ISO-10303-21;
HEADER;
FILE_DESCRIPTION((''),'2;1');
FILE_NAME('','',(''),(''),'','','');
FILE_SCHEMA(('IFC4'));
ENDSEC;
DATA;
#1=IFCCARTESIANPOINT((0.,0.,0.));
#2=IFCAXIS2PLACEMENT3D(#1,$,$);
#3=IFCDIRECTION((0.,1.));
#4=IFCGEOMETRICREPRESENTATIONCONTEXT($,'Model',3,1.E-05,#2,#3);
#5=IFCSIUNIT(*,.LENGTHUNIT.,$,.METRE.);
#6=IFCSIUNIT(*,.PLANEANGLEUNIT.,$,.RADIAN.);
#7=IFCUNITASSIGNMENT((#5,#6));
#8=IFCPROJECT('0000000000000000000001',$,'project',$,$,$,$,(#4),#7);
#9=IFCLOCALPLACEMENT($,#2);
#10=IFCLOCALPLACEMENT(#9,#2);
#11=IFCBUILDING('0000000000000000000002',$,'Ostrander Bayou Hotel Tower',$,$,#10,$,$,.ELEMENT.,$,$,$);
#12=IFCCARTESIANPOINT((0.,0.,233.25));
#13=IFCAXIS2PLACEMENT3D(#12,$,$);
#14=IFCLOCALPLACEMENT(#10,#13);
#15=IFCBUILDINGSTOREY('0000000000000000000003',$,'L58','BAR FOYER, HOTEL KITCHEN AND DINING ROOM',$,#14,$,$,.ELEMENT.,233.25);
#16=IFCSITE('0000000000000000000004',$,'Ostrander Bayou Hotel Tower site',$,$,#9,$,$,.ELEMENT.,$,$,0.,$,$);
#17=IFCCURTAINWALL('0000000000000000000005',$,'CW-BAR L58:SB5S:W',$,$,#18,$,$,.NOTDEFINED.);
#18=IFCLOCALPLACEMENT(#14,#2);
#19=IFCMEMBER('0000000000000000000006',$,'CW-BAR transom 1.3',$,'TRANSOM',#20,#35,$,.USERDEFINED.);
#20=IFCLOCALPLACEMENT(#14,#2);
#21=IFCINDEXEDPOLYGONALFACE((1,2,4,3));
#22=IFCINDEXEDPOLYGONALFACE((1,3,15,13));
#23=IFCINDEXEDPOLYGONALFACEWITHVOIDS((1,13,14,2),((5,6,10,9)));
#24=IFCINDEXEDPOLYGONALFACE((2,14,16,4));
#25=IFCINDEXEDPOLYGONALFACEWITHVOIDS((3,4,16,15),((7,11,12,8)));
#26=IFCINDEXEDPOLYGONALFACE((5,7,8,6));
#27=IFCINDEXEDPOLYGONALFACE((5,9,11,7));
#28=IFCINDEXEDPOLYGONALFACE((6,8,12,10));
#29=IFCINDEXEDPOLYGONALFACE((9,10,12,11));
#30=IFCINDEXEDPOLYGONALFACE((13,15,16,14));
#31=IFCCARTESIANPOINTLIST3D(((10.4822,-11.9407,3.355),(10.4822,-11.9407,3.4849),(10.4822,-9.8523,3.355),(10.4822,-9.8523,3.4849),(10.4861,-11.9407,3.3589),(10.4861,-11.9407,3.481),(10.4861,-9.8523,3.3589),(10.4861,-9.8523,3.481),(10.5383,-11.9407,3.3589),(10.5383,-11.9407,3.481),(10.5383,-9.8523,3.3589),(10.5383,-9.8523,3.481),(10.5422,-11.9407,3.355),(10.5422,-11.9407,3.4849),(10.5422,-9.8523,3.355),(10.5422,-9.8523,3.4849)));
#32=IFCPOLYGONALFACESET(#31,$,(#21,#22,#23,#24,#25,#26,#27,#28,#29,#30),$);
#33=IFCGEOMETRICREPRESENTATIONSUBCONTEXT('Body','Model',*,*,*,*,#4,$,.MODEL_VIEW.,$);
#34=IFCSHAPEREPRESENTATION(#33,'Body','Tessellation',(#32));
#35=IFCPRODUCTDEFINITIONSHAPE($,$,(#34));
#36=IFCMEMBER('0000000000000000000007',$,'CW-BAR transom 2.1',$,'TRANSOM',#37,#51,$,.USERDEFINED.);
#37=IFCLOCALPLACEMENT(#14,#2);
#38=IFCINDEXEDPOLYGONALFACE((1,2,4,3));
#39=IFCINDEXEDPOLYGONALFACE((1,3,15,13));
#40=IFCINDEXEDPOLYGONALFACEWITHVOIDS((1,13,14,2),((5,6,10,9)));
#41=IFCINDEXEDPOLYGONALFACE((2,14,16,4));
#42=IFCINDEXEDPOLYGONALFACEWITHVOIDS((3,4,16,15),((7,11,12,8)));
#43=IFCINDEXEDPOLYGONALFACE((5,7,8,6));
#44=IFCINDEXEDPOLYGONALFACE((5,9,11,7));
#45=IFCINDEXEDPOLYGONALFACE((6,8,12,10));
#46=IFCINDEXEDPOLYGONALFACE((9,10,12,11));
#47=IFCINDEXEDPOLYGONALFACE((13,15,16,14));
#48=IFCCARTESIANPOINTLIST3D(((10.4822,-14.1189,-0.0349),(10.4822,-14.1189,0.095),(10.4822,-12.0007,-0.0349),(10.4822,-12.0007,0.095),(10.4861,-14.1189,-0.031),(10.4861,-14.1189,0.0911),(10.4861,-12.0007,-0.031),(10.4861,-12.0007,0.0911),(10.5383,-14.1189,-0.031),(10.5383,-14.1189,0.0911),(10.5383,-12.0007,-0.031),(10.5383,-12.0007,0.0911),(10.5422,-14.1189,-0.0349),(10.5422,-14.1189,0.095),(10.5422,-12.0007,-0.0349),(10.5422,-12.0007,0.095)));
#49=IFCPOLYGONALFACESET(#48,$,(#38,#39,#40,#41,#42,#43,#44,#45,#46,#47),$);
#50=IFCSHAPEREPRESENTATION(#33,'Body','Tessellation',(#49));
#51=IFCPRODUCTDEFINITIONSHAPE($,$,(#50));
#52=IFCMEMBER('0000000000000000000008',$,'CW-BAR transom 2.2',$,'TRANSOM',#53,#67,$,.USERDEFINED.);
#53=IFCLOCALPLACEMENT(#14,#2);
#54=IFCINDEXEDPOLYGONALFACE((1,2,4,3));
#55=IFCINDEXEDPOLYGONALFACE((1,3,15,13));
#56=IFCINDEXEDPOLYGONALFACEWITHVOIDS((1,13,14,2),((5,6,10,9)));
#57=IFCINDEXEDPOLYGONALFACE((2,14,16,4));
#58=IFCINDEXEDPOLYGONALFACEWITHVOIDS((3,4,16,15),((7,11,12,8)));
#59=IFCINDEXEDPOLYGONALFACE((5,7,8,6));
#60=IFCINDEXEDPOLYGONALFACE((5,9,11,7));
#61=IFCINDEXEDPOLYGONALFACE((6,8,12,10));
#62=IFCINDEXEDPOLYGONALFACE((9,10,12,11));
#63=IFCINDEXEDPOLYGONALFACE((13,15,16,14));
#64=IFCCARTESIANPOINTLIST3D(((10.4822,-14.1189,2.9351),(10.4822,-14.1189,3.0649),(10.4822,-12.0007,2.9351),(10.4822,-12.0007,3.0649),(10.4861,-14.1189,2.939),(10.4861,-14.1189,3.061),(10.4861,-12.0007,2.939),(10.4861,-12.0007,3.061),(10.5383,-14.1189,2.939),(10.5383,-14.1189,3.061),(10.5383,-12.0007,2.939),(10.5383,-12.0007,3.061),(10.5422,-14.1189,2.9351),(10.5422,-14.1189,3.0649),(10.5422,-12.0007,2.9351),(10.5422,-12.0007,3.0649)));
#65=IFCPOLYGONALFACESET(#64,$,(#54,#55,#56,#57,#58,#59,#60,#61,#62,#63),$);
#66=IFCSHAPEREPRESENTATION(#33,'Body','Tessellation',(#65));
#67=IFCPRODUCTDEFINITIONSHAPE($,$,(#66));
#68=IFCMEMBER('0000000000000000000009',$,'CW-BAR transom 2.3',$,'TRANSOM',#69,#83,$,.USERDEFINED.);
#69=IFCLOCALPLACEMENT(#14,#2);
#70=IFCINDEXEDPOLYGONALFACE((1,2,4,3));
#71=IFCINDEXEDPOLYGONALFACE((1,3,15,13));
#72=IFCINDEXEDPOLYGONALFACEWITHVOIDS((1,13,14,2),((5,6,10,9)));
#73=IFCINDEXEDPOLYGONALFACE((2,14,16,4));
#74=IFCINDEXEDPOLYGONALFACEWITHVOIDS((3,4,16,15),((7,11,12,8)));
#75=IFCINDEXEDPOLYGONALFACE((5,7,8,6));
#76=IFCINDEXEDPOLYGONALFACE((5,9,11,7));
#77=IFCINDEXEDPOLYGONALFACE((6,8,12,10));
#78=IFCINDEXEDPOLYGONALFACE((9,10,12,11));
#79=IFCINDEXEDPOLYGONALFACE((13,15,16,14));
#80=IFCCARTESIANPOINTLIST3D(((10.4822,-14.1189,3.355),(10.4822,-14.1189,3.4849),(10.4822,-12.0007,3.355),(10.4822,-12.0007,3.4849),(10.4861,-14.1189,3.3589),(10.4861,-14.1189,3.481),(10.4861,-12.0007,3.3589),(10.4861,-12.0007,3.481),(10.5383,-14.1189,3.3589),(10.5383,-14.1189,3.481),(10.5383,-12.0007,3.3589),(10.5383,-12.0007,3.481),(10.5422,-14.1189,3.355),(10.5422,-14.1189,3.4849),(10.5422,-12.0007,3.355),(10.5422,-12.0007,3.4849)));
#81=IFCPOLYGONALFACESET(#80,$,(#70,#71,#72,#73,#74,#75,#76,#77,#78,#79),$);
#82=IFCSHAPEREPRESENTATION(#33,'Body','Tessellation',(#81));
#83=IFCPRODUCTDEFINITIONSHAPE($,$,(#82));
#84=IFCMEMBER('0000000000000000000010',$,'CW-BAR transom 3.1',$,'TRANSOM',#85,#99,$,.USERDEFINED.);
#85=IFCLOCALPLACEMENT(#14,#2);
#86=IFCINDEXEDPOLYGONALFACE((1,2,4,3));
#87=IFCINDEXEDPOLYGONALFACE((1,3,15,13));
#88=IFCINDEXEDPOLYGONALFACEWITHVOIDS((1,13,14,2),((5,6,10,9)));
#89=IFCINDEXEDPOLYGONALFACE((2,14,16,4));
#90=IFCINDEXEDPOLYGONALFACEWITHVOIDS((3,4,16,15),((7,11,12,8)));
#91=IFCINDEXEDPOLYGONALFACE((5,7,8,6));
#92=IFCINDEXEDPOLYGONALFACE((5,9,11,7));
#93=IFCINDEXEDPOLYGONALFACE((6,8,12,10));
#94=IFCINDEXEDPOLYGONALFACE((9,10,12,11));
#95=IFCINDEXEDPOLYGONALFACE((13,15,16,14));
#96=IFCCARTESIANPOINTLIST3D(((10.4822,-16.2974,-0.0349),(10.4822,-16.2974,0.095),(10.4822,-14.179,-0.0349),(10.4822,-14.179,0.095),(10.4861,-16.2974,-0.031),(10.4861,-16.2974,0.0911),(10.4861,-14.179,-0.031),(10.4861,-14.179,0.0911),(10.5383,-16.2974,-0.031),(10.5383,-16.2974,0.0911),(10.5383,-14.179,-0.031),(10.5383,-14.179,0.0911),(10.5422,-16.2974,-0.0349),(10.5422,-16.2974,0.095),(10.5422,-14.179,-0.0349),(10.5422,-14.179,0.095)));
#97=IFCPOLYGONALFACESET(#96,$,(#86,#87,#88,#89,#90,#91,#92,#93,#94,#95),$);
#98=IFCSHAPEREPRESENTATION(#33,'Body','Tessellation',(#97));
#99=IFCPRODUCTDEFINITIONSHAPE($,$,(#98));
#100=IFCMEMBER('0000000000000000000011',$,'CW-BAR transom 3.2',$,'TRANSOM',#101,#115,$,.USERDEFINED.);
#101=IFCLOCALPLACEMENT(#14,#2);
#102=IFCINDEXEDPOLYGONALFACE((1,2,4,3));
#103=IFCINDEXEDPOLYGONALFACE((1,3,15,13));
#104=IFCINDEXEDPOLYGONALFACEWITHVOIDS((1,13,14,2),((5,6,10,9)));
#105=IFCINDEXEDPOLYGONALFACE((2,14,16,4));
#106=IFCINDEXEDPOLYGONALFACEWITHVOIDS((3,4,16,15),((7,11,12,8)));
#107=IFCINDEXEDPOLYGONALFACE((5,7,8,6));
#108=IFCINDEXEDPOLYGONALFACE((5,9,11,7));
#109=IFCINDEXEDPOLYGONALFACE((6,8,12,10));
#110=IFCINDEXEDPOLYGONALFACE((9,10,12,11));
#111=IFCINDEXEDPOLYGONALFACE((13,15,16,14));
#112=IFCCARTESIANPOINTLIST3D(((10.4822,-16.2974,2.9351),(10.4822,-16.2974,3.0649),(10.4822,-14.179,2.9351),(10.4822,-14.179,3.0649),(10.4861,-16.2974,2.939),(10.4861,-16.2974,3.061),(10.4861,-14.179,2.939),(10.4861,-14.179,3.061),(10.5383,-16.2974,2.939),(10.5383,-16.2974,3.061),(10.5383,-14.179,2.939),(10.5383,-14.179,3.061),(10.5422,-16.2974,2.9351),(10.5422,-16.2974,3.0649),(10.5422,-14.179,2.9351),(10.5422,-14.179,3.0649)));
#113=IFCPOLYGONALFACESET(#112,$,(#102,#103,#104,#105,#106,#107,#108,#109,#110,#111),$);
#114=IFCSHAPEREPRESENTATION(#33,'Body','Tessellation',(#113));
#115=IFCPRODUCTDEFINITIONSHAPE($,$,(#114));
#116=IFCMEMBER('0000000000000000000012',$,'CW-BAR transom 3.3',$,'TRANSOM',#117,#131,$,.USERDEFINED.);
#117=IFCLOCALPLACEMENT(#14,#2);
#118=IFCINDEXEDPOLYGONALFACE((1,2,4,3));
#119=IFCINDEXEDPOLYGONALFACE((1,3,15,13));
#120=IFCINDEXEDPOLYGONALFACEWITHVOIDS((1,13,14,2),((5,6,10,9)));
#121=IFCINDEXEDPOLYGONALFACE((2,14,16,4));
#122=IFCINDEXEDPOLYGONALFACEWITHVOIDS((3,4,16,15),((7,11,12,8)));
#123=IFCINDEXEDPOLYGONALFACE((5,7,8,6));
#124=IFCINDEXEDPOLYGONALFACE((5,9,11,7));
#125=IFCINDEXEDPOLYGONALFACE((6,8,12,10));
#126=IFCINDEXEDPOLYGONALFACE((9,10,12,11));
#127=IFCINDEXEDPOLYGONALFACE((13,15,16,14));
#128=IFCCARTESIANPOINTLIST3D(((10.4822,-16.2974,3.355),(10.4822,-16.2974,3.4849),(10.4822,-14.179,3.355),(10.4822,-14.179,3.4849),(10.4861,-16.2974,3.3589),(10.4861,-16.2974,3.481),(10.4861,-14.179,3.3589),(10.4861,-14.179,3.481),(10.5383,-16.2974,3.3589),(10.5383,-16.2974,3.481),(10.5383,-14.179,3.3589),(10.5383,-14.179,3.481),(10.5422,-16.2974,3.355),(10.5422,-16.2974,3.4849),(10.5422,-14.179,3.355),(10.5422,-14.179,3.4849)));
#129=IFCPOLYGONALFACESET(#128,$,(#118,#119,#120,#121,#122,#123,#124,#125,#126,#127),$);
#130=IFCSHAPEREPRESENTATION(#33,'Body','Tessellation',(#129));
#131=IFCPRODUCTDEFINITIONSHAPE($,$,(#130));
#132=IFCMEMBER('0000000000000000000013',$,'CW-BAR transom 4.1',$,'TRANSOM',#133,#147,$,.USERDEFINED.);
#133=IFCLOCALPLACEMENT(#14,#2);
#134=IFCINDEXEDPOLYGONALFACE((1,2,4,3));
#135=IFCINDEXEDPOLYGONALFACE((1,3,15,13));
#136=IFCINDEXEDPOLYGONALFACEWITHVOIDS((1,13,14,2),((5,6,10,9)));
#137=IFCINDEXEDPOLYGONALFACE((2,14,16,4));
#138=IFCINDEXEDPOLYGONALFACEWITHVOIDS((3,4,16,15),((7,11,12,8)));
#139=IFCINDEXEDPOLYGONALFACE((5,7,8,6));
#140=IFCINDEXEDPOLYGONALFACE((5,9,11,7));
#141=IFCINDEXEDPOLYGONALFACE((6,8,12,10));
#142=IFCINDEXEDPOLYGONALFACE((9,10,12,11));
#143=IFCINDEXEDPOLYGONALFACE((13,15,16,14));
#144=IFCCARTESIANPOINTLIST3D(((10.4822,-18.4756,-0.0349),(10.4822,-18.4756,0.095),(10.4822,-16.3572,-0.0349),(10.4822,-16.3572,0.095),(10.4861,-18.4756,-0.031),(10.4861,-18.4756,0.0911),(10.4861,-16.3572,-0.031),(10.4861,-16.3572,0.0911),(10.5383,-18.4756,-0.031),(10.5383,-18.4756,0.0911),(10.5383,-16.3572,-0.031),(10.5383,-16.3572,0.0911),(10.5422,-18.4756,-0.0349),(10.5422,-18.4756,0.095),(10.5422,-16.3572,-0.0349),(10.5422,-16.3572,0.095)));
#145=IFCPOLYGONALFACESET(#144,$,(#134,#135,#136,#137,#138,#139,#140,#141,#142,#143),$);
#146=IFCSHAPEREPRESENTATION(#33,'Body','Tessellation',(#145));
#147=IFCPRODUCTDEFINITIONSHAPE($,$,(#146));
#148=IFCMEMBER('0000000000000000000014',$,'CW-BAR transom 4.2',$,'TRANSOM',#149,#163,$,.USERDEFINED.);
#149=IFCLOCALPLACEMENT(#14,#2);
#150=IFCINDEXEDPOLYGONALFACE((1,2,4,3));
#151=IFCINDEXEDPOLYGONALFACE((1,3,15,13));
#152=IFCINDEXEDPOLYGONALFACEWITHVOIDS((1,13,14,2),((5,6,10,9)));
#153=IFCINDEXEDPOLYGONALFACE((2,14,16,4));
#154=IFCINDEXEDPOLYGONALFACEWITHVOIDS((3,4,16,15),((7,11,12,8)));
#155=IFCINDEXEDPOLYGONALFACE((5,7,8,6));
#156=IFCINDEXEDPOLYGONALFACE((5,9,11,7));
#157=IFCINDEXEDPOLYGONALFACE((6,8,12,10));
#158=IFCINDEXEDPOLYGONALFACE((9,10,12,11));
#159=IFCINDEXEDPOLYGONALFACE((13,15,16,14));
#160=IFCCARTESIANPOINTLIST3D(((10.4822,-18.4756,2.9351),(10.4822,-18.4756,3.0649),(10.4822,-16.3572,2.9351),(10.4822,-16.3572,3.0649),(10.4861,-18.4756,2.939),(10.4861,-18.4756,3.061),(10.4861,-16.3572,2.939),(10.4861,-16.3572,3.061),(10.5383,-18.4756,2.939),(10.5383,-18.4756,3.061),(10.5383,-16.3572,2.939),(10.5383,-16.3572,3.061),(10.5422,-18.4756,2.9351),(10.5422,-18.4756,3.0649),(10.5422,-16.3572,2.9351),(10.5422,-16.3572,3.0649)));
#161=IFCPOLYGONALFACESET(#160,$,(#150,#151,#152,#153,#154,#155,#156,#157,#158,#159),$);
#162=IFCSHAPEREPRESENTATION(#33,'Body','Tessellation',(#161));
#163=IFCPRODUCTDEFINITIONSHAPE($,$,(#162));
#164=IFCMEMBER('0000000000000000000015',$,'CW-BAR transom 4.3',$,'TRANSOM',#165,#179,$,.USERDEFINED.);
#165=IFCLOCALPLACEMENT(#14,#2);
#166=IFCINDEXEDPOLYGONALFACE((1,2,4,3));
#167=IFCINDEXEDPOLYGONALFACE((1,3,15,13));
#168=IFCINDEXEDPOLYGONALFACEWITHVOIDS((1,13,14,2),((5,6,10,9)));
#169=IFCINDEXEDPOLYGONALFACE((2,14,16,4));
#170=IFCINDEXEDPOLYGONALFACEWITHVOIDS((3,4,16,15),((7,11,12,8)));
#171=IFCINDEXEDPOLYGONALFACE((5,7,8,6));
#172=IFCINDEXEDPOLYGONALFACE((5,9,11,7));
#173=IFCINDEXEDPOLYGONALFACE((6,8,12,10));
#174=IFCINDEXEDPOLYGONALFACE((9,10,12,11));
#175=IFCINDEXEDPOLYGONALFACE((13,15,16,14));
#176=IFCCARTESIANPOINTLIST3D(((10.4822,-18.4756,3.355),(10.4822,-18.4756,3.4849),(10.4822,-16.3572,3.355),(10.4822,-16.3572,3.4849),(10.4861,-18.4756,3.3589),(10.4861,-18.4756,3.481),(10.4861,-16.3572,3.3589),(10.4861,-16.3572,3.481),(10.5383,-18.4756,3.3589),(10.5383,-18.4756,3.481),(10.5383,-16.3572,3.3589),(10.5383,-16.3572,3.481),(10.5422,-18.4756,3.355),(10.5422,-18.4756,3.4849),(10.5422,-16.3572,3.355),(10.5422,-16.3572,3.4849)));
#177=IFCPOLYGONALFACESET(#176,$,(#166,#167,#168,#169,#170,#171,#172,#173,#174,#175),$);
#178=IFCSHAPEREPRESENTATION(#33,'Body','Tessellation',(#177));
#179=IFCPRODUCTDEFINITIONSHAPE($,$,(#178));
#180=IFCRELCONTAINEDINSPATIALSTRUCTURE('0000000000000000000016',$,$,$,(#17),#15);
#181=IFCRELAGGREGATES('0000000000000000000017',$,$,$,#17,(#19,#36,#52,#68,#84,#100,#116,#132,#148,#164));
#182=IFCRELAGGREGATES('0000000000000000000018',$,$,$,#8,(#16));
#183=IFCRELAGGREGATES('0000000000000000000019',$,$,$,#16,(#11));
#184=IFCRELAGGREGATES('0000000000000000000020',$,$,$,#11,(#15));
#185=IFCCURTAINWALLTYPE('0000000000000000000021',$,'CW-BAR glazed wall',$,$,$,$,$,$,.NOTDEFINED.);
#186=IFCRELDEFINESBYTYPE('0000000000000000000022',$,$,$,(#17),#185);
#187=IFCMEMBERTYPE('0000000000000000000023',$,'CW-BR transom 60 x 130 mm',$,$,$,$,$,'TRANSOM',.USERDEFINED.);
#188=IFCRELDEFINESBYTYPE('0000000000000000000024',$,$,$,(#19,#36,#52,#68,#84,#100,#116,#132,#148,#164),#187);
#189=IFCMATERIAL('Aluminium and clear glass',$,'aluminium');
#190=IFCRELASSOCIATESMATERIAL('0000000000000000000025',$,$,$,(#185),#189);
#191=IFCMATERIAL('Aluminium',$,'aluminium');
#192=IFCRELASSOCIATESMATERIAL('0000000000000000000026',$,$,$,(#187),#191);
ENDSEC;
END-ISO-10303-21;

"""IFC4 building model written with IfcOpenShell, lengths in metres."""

from ifc_helpers import new_model, si_unit, direction, frame, origin, origin_2d, place, context, subcontext, project, spatial, hollow_rectangle, extrude, material, material_profile, profile_set, type_object, element, aggregate, save


model = new_model("IFC4")

# Units and contexts
model_context = context("Model", 3, precision=1e-05, world=origin(), true_north=direction((0.0, 1.0)))
body_context = subcontext(model_context, "Body", "Model", "MODEL_VIEW")
ifc_project = project(units=[si_unit("LENGTHUNIT", "METRE"), si_unit("PLANEANGLEUNIT", "RADIAN")], contexts=[model_context])

# Site, building, storey
site_placement = place(None, origin())
site = spatial("IfcSite", under=ifc_project, at=site_placement, Name="Ostrander Bayou Hotel Tower site", CompositionType="ELEMENT", RefElevation=0.0)
building_placement = place(site_placement, origin())
building = spatial("IfcBuilding", under=site, at=building_placement, Name="Ostrander Bayou Hotel Tower", CompositionType="ELEMENT")
storey_placement = place(building_placement, frame((0.0, 0.0, 233.25)))
storey = spatial("IfcBuildingStorey", under=building, at=storey_placement, Name="L58", Description="BAR FOYER, HOTEL KITCHEN AND DINING ROOM", CompositionType="ELEMENT", Elevation=233.25)

# Curtain wall, members
ifc_material_1 = material(Name="Aluminium and clear glass", Category="aluminium")
curtain_wall_type = type_object("IfcCurtainWallType", Name="CW-BAR glazed wall", PredefinedType="NOTDEFINED", material=ifc_material_1)
curtain_wall_placement = place(storey_placement, origin())
curtain_wall = element("IfcCurtainWall", 1, at=curtain_wall_placement, inside=storey, type_object=curtain_wall_type, Name="CW-BAR L58:SB5S:W", PredefinedType="NOTDEFINED")
ifc_material_2 = material(Name="Aluminium", Category="aluminium")
ifc_material_profile_1 = material_profile(ifc_material_2, hollow_rectangle(XDim=0.0601, YDim=0.1299, WallThickness=0.0039, at=origin_2d()))
ifc_profile_set_1 = profile_set([ifc_material_profile_1], Name="Aluminium")
member_type_1 = type_object("IfcMemberType", Name="CW-BR transom 60 x 130 mm", ElementType="TRANSOM", PredefinedType="USERDEFINED", material=ifc_profile_set_1)
member_1_placement = place(storey_placement, frame((10.5122, -9.8523, 3.4199), z_axis=(0.0, -1.0, 0.0), x_axis=(1.0, 0.0, 0.0)))
member_1 = element("IfcMember", 2, at=member_1_placement, type_object=member_type_1, Name="CW-BAR transom 1.3", ObjectType="TRANSOM", PredefinedType="USERDEFINED", context=body_context, shape_type="SweptSolid", body=[
    extrude(hollow_rectangle(XDim=0.0601, YDim=0.1299, WallThickness=0.0039, at=origin_2d()), origin(), (0.0, 0.0, 1.0), 2.0884),
])
member_2_placement = place(storey_placement, frame((10.5122, -12.0007, 0.03), z_axis=(0.0, -1.0, 0.0), x_axis=(1.0, 0.0, 0.0)))
member_2 = element("IfcMember", 3, at=member_2_placement, type_object=member_type_1, Name="CW-BAR transom 2.1", ObjectType="TRANSOM", PredefinedType="USERDEFINED", context=body_context, shape_type="SweptSolid", body=[
    extrude(hollow_rectangle(XDim=0.0601, YDim=0.1299, WallThickness=0.0039, at=origin_2d()), origin(), (0.0, 0.0, 1.0), 2.1182),
])
member_3_placement = place(storey_placement, frame((10.5122, -12.0007, 3.0), z_axis=(0.0, -1.0, 0.0), x_axis=(1.0, 0.0, 0.0)))
member_3 = element("IfcMember", 4, at=member_3_placement, type_object=member_type_1, Name="CW-BAR transom 2.2", ObjectType="TRANSOM", PredefinedType="USERDEFINED", context=body_context, shape_type="SweptSolid", body=[
    extrude(hollow_rectangle(XDim=0.0601, YDim=0.1299, WallThickness=0.0039, at=origin_2d()), origin(), (0.0, 0.0, 1.0), 2.1182),
])
member_4_placement = place(storey_placement, frame((10.5122, -12.0007, 3.4199), z_axis=(0.0, -1.0, 0.0), x_axis=(1.0, 0.0, 0.0)))
member_4 = element("IfcMember", 5, at=member_4_placement, type_object=member_type_1, Name="CW-BAR transom 2.3", ObjectType="TRANSOM", PredefinedType="USERDEFINED", context=body_context, shape_type="SweptSolid", body=[
    extrude(hollow_rectangle(XDim=0.0601, YDim=0.1299, WallThickness=0.0039, at=origin_2d()), origin(), (0.0, 0.0, 1.0), 2.1182),
])
member_5_placement = place(storey_placement, frame((10.5122, -14.179, 0.03), z_axis=(0.0, -1.0, 0.0), x_axis=(1.0, 0.0, 0.0)))
member_5 = element("IfcMember", 6, at=member_5_placement, type_object=member_type_1, Name="CW-BAR transom 3.1", ObjectType="TRANSOM", PredefinedType="USERDEFINED", context=body_context, shape_type="SweptSolid", body=[
    extrude(hollow_rectangle(XDim=0.0601, YDim=0.1299, WallThickness=0.0039, at=origin_2d()), origin(), (0.0, 0.0, 1.0), 2.1184),
])
member_6_placement = place(storey_placement, frame((10.5122, -14.179, 3.0), z_axis=(0.0, -1.0, 0.0), x_axis=(1.0, 0.0, 0.0)))
member_6 = element("IfcMember", 7, at=member_6_placement, type_object=member_type_1, Name="CW-BAR transom 3.2", ObjectType="TRANSOM", PredefinedType="USERDEFINED", context=body_context, shape_type="SweptSolid", body=[
    extrude(hollow_rectangle(XDim=0.0601, YDim=0.1299, WallThickness=0.0039, at=origin_2d()), origin(), (0.0, 0.0, 1.0), 2.1184),
])
member_7_placement = place(storey_placement, frame((10.5122, -14.179, 3.4199), z_axis=(0.0, -1.0, 0.0), x_axis=(1.0, 0.0, 0.0)))
member_7 = element("IfcMember", 8, at=member_7_placement, type_object=member_type_1, Name="CW-BAR transom 3.3", ObjectType="TRANSOM", PredefinedType="USERDEFINED", context=body_context, shape_type="SweptSolid", body=[
    extrude(hollow_rectangle(XDim=0.0601, YDim=0.1299, WallThickness=0.0039, at=origin_2d()), origin(), (0.0, 0.0, 1.0), 2.1184),
])
member_8_placement = place(storey_placement, frame((10.5122, -16.3572, 0.03), z_axis=(0.0, -1.0, 0.0), x_axis=(1.0, 0.0, 0.0)))
member_8 = element("IfcMember", 9, at=member_8_placement, type_object=member_type_1, Name="CW-BAR transom 4.1", ObjectType="TRANSOM", PredefinedType="USERDEFINED", context=body_context, shape_type="SweptSolid", body=[
    extrude(hollow_rectangle(XDim=0.0601, YDim=0.1299, WallThickness=0.0039, at=origin_2d()), origin(), (0.0, 0.0, 1.0), 2.1184),
])
member_9_placement = place(storey_placement, frame((10.5122, -16.3572, 3.0), z_axis=(0.0, -1.0, 0.0), x_axis=(1.0, 0.0, 0.0)))
member_9 = element("IfcMember", 10, at=member_9_placement, type_object=member_type_1, Name="CW-BAR transom 4.2", ObjectType="TRANSOM", PredefinedType="USERDEFINED", context=body_context, shape_type="SweptSolid", body=[
    extrude(hollow_rectangle(XDim=0.0601, YDim=0.1299, WallThickness=0.0039, at=origin_2d()), origin(), (0.0, 0.0, 1.0), 2.1184),
])
member_10_placement = place(storey_placement, frame((10.5122, -16.3572, 3.4199), z_axis=(0.0, -1.0, 0.0), x_axis=(1.0, 0.0, 0.0)))
member_10 = element("IfcMember", 11, at=member_10_placement, type_object=member_type_1, Name="CW-BAR transom 4.3", ObjectType="TRANSOM", PredefinedType="USERDEFINED", context=body_context, shape_type="SweptSolid", body=[
    extrude(hollow_rectangle(XDim=0.0601, YDim=0.1299, WallThickness=0.0039, at=origin_2d()), origin(), (0.0, 0.0, 1.0), 2.1184),
])

aggregate(curtain_wall, [member_1, member_2, member_3, member_4, member_5, member_6, member_7, member_8, member_9, member_10])

save(model, "model.ifc")
